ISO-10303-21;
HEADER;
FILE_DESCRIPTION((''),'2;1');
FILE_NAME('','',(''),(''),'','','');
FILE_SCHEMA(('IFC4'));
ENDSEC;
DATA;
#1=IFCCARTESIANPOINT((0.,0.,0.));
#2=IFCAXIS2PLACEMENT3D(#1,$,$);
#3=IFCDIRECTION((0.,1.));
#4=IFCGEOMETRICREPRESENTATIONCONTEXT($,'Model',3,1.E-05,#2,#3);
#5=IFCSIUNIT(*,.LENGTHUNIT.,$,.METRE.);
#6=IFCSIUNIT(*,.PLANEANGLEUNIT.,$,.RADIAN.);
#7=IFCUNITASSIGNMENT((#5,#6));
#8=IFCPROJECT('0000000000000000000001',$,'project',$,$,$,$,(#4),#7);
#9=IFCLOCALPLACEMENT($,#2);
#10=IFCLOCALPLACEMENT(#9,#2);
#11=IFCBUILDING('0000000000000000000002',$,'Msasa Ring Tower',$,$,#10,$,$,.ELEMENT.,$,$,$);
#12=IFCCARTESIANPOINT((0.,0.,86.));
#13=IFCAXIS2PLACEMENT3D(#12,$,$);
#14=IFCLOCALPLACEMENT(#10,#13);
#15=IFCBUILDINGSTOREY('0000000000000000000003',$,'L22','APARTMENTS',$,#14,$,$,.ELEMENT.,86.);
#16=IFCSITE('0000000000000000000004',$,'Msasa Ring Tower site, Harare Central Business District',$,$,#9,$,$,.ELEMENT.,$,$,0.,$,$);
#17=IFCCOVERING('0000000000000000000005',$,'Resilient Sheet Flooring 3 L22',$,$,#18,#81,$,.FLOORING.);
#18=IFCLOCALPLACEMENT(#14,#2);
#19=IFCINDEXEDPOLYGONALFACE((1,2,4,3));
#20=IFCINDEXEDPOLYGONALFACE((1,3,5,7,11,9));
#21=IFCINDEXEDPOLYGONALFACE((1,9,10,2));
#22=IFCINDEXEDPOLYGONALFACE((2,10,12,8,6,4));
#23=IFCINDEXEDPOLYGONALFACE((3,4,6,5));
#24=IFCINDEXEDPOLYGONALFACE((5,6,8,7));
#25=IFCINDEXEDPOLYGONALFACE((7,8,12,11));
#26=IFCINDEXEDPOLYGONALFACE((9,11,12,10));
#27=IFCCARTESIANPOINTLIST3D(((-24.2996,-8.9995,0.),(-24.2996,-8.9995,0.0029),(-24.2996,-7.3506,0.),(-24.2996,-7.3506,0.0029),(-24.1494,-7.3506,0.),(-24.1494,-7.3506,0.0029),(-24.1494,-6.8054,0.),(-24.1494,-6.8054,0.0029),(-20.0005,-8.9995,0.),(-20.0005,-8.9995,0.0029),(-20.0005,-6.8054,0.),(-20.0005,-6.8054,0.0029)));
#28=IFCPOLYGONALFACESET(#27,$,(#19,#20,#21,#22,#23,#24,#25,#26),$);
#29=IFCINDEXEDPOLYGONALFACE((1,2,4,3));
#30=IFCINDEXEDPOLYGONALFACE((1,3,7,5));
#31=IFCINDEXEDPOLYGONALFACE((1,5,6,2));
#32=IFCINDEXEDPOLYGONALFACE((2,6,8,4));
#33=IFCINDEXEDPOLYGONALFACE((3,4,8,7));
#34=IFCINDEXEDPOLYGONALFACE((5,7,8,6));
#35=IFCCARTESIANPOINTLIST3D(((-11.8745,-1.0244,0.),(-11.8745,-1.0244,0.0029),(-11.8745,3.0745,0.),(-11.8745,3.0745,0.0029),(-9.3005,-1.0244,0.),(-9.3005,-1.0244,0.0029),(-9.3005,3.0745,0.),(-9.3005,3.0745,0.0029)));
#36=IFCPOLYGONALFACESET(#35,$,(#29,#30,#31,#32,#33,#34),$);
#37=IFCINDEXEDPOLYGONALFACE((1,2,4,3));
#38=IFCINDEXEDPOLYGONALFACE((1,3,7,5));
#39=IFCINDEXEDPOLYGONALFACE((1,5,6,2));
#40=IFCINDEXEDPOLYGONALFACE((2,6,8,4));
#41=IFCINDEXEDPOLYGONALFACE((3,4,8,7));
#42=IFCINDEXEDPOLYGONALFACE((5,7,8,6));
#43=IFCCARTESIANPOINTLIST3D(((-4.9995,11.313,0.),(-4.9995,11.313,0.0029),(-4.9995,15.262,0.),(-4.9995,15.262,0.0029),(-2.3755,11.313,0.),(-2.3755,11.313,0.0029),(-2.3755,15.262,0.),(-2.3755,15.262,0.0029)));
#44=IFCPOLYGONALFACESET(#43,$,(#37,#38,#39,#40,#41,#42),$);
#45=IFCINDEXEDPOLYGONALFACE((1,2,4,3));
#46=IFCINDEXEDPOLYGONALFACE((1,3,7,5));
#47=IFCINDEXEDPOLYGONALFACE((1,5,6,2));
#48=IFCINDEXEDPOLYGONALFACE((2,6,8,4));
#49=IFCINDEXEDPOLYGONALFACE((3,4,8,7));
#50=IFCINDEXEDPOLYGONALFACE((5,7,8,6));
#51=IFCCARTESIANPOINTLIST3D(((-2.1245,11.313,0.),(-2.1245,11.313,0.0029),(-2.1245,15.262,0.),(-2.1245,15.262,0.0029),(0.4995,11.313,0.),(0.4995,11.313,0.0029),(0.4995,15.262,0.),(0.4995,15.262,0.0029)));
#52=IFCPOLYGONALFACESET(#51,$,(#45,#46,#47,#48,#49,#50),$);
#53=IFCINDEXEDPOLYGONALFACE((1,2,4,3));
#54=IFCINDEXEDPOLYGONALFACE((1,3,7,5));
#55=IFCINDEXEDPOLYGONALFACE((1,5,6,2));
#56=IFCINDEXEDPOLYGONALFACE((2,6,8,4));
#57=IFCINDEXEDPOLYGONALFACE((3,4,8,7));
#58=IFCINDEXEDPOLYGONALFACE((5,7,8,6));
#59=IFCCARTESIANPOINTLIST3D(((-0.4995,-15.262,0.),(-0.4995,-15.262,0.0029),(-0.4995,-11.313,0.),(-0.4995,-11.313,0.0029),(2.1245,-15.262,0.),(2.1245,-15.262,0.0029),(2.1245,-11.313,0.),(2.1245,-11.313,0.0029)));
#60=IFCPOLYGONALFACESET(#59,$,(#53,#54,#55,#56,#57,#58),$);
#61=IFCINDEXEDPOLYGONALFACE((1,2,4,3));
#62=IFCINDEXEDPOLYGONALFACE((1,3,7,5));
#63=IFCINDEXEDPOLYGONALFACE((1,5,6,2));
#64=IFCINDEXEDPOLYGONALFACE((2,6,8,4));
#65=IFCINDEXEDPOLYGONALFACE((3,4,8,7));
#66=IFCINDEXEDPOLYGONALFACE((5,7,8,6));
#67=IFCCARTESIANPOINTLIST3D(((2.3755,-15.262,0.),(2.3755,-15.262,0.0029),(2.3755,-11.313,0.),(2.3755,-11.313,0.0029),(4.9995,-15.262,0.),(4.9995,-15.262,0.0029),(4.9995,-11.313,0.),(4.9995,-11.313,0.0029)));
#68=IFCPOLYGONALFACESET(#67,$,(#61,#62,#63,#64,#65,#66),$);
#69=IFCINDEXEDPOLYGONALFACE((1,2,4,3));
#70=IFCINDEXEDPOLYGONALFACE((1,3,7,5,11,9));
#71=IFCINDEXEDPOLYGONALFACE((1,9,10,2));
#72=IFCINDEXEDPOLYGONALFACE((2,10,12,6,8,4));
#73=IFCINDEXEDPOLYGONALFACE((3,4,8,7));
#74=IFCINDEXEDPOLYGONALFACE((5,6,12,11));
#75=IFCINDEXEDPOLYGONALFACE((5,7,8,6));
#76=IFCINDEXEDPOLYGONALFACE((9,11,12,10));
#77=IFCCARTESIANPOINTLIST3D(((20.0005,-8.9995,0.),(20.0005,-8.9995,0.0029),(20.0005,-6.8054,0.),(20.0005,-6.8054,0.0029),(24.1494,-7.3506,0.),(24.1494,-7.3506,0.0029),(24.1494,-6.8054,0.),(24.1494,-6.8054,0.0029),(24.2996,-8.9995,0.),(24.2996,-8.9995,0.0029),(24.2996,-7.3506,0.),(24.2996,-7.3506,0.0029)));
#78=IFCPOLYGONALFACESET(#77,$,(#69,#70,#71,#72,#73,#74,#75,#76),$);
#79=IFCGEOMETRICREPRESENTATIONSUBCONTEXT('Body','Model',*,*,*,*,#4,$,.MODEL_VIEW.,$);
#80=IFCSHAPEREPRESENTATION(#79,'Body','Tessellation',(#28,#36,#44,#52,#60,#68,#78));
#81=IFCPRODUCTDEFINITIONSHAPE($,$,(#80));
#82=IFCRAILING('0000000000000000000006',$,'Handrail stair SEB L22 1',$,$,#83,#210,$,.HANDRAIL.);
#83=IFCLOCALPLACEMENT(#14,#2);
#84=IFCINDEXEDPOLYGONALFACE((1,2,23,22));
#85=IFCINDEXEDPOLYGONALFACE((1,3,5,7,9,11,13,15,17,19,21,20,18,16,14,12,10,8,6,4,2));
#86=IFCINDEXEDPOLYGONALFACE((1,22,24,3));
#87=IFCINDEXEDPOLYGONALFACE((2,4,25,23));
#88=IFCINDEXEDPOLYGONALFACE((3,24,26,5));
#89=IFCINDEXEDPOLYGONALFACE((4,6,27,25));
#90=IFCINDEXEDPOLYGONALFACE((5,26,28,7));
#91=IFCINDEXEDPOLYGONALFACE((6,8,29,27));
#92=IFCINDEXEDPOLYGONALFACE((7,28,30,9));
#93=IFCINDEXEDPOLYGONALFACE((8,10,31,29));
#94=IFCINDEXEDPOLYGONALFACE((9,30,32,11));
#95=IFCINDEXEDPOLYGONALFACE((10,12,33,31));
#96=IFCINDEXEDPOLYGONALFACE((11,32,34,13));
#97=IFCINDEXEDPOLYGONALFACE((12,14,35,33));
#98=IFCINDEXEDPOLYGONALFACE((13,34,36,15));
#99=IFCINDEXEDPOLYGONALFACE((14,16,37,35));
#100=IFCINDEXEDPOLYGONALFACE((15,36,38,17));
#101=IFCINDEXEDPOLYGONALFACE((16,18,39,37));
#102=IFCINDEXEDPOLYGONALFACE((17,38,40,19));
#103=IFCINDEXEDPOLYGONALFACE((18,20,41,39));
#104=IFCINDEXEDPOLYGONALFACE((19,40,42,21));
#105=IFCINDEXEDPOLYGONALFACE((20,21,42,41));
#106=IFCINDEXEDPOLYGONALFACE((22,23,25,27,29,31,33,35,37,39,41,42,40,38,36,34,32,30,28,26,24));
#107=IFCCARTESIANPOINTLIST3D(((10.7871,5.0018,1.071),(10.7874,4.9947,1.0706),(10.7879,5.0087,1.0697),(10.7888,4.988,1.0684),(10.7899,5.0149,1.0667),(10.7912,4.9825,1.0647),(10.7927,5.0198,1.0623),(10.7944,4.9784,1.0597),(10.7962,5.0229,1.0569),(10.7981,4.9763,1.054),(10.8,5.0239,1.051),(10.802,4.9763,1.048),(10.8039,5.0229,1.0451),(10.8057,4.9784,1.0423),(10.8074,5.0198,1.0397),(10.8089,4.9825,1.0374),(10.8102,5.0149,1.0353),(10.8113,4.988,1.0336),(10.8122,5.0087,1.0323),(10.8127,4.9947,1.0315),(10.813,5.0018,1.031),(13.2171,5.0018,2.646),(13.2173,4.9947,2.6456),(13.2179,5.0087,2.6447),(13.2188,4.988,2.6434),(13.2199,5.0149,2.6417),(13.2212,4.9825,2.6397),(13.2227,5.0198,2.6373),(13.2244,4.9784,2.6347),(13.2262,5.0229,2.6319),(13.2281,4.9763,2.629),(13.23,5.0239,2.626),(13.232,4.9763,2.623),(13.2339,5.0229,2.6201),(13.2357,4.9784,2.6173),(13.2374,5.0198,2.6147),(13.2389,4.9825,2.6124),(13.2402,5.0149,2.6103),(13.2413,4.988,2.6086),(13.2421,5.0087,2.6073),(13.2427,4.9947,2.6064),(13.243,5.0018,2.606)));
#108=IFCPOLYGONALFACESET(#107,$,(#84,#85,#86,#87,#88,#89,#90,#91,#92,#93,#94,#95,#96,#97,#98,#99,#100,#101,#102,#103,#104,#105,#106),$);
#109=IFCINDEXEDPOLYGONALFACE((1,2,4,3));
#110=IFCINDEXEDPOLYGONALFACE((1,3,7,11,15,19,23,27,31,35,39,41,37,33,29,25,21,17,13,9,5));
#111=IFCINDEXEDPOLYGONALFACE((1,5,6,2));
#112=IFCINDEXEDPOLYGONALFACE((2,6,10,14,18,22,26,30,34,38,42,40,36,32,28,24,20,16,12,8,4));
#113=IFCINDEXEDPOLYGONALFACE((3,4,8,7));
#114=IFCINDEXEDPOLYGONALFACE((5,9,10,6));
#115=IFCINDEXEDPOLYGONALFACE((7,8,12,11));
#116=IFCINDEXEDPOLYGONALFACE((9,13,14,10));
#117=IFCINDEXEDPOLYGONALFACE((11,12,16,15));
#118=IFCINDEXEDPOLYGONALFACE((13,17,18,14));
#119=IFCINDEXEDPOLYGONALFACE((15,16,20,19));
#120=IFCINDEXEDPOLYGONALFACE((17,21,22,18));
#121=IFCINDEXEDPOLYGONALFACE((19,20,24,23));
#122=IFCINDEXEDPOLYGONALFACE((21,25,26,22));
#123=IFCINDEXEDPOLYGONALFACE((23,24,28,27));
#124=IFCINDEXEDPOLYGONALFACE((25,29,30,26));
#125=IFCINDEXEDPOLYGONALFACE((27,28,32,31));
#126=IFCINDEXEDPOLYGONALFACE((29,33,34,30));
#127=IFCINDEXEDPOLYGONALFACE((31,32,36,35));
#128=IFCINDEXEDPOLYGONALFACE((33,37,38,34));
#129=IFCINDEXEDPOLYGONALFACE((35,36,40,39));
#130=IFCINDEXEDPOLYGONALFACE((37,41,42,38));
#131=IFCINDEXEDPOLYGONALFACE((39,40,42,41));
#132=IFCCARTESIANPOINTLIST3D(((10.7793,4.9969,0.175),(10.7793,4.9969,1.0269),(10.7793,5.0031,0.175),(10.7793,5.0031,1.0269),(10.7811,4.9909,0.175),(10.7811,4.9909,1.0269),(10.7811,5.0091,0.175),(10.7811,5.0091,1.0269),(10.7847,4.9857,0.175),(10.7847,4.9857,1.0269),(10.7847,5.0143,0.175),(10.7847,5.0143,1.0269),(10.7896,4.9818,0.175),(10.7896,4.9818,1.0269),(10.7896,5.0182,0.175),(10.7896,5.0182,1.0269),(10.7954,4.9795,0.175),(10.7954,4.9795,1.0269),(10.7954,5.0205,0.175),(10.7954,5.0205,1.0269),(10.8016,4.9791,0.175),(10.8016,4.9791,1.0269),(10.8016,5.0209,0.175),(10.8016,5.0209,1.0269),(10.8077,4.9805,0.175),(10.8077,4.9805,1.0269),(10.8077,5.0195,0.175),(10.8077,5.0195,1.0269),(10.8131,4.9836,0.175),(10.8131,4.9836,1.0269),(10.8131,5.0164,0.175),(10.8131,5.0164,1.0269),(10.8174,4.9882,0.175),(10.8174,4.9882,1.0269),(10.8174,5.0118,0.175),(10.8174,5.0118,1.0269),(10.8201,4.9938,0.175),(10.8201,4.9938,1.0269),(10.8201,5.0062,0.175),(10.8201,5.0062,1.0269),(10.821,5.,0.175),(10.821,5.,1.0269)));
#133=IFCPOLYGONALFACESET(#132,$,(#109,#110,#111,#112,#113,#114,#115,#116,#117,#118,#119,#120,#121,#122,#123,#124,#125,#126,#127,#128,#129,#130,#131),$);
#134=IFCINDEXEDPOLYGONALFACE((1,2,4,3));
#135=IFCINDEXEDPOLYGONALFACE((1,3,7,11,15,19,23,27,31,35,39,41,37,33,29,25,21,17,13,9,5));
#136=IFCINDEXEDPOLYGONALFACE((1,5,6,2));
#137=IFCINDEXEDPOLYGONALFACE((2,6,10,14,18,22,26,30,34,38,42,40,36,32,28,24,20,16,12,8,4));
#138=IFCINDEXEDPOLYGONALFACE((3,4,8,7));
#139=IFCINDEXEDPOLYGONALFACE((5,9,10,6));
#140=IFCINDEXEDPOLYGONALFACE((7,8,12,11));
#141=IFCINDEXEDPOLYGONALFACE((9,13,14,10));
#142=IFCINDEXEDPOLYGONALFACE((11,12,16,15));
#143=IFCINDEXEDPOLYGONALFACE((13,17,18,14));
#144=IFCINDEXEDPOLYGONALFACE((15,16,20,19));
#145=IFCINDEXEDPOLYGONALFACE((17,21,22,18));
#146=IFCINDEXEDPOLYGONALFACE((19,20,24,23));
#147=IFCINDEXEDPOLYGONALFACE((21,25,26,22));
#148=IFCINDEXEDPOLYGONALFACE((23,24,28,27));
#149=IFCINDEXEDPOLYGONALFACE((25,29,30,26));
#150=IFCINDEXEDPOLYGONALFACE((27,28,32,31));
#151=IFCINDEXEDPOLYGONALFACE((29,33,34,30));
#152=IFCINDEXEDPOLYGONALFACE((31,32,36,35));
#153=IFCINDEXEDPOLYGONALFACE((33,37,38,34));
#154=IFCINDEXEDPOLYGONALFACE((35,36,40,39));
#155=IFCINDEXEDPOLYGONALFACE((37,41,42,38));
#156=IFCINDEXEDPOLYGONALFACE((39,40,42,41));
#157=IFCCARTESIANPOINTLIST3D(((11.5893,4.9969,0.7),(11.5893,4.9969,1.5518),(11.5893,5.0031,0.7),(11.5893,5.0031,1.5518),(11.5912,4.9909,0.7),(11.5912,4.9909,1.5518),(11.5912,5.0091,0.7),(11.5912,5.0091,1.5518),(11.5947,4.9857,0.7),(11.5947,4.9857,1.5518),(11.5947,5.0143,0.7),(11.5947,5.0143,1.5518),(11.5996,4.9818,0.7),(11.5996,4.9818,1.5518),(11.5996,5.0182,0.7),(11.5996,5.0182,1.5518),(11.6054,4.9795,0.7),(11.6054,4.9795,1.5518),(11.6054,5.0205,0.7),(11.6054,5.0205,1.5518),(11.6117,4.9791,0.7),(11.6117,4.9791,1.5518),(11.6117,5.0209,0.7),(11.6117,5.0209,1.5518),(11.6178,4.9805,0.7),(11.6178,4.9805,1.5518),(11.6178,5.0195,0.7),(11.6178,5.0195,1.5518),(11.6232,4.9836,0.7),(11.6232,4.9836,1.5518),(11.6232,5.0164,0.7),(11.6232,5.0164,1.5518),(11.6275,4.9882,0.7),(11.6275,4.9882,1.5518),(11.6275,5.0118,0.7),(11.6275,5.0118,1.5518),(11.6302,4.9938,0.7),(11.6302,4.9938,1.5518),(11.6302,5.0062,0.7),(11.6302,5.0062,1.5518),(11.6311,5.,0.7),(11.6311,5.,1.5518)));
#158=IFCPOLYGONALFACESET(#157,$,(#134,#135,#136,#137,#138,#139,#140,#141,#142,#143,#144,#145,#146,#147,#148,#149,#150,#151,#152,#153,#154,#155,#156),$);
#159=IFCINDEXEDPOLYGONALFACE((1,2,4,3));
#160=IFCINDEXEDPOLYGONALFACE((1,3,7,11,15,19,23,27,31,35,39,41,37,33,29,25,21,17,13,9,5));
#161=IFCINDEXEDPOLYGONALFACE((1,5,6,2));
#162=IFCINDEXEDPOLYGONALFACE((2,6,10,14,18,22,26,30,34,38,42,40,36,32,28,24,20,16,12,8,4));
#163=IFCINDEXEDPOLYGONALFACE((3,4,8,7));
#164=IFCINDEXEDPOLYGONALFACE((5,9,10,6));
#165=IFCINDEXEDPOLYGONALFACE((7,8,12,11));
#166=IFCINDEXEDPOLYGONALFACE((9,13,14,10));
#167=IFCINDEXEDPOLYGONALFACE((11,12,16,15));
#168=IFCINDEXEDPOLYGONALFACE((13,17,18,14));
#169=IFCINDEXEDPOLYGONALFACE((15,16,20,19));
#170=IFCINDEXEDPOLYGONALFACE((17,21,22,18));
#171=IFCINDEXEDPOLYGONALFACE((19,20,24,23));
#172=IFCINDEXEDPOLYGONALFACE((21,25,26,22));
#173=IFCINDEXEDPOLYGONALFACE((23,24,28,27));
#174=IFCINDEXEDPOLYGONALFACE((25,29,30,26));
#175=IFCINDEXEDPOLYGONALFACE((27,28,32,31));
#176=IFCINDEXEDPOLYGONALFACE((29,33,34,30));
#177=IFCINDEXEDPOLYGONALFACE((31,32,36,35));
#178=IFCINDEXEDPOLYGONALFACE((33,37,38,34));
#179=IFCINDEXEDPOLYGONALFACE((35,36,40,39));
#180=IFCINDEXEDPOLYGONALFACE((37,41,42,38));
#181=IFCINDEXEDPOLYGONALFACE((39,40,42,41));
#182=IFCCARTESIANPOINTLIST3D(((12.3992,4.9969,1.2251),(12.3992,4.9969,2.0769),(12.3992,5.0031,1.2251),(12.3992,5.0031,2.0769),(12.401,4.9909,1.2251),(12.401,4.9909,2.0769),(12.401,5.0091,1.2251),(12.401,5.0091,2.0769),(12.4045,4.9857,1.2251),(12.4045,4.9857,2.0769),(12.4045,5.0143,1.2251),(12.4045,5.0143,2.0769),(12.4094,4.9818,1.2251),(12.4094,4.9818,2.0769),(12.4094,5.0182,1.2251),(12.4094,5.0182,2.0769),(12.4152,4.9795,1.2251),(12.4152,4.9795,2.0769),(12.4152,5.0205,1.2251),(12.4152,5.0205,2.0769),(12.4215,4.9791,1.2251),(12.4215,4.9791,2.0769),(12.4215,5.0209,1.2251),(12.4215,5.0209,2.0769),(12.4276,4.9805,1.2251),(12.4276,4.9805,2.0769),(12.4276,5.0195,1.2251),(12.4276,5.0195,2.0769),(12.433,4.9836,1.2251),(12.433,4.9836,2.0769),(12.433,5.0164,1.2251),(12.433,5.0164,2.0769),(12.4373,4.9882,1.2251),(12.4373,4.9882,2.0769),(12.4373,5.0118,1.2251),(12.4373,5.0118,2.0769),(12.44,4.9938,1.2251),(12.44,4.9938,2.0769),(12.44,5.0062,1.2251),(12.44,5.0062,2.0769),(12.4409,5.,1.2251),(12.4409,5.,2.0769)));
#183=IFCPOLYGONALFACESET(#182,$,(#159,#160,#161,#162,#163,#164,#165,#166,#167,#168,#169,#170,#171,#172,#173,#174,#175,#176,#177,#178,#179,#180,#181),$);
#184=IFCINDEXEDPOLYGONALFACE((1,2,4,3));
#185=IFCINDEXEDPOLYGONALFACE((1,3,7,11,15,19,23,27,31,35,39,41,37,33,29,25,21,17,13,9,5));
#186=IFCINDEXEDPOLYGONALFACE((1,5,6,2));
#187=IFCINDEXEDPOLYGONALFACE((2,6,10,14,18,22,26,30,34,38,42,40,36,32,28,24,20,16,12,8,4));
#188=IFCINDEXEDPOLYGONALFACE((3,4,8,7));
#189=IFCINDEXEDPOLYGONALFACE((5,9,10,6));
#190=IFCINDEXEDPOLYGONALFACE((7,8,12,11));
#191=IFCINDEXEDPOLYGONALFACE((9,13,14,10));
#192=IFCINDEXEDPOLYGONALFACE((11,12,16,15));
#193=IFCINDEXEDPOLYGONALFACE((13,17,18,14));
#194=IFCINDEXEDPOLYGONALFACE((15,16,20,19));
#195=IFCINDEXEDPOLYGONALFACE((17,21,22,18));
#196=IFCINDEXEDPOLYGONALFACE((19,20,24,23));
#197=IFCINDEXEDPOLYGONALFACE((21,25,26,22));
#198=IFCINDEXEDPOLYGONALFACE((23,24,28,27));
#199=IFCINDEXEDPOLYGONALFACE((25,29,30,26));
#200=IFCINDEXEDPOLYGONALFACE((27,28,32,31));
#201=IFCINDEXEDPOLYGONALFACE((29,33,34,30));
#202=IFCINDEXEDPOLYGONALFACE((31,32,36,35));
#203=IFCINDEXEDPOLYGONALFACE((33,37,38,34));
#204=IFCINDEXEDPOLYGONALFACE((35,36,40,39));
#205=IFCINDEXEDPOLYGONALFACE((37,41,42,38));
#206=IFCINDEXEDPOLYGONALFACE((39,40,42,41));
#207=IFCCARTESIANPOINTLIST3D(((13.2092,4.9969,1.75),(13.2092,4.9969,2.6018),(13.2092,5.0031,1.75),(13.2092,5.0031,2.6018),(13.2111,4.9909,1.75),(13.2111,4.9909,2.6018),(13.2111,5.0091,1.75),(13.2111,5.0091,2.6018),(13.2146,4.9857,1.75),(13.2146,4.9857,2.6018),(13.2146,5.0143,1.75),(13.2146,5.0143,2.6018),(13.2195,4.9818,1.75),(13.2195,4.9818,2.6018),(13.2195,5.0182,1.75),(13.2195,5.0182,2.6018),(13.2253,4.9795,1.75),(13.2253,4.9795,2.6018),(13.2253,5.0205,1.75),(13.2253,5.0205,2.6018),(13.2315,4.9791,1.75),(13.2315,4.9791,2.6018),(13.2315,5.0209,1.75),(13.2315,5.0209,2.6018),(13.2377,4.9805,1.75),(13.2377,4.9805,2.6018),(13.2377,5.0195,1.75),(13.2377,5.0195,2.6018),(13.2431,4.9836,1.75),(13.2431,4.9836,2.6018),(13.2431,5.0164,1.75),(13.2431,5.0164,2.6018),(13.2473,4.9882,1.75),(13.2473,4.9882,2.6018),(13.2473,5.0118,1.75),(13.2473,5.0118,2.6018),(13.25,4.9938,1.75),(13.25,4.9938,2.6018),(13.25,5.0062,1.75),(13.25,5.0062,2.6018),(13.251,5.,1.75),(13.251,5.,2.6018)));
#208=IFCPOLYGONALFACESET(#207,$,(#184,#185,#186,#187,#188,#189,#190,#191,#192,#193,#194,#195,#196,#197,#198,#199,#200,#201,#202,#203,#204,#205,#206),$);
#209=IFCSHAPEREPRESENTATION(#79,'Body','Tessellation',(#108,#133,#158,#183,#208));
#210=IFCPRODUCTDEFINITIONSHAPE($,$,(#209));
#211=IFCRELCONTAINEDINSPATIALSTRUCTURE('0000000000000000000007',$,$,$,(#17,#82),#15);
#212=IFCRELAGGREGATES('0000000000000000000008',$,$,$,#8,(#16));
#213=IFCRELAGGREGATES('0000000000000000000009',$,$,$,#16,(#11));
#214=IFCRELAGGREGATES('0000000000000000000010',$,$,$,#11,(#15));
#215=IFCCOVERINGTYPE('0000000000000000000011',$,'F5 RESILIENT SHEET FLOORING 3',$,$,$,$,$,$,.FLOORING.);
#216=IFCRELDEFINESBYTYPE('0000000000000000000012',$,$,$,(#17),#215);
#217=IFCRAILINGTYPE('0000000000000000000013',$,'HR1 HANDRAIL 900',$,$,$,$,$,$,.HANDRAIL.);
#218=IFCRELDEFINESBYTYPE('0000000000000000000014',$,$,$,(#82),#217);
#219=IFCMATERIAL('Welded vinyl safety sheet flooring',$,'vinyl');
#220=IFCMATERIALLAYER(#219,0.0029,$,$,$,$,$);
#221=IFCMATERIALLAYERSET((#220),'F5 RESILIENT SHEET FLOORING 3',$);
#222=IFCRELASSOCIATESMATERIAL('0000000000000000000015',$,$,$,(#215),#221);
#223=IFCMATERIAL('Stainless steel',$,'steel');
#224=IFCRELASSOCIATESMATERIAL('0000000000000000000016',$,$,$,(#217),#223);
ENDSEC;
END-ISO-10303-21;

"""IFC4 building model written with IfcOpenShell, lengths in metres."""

from ifc_helpers import new_model, si_unit, direction, frame, origin, origin_2d, place, context, subcontext, project, spatial, line, indexed_curve, circle, outline, extrude, material, layer, layer_set, type_object, element, save


model = new_model("IFC4")

# Units and contexts
model_context = context("Model", 3, precision=1e-05, world=origin(), true_north=direction((0.0, 1.0)))
body_context = subcontext(model_context, "Body", "Model", "MODEL_VIEW")
ifc_project = project(units=[si_unit("LENGTHUNIT", "METRE"), si_unit("PLANEANGLEUNIT", "RADIAN")], contexts=[model_context])

# Site, building, storey
site_placement = place(None, origin())
site = spatial("IfcSite", under=ifc_project, at=site_placement, Name="Msasa Ring Tower site, Harare Central Business District", CompositionType="ELEMENT", RefElevation=0.0)
building_placement = place(site_placement, origin())
building = spatial("IfcBuilding", under=site, at=building_placement, Name="Msasa Ring Tower", CompositionType="ELEMENT")
storey_placement = place(building_placement, frame((0.0, 0.0, 86.0)))
storey = spatial("IfcBuildingStorey", under=building, at=storey_placement, Name="L22", Description="APARTMENTS", CompositionType="ELEMENT", Elevation=86.0)

# Covering
ifc_material_1 = material(Name="Welded vinyl safety sheet flooring", Category="vinyl")
ifc_layer_1 = layer(ifc_material_1, 0.0029)
ifc_layer_set_1 = layer_set([ifc_layer_1], Name="F5 RESILIENT SHEET FLOORING 3")
covering_type_1 = type_object("IfcCoveringType", Name="F5 RESILIENT SHEET FLOORING 3", PredefinedType="FLOORING", material=ifc_layer_set_1)
covering_1_placement = place(storey_placement, origin())
element("IfcCovering", 1, at=covering_1_placement, inside=storey, type_object=covering_type_1, Name="Resilient Sheet Flooring 3 L22", PredefinedType="FLOORING", context=body_context, shape_type="SweptSolid", body=[
    extrude(outline(indexed_curve([(-20.0005, -8.9995), (-24.2996, -8.9995), (-24.2996, -7.3506), (-24.1494, -7.3506), (-24.1494, -6.8054), (-20.0005, -6.8054)], segments=[line(1, 2, 3, 4, 5, 6, 1)], self_intersect=False)), origin(), (0.0, 0.0, 1.0), 0.0029),
    extrude(outline(indexed_curve([(-11.8745, 3.0745), (-9.3005, 3.0745), (-9.3005, -1.0244), (-11.8745, -1.0244)], segments=[line(1, 2, 3, 4, 1)], self_intersect=False)), origin(), (0.0, 0.0, 1.0), 0.0029),
    extrude(outline(indexed_curve([(-2.3755, 15.262), (-2.3755, 11.313), (-4.9995, 11.313), (-4.9995, 15.262)], segments=[line(1, 2, 3, 4, 1)], self_intersect=False)), origin(), (0.0, 0.0, 1.0), 0.0029),
    extrude(outline(indexed_curve([(0.4995, 15.262), (0.4995, 11.313), (-2.1245, 11.313), (-2.1245, 15.262)], segments=[line(1, 2, 3, 4, 1)], self_intersect=False)), origin(), (0.0, 0.0, 1.0), 0.0029),
    extrude(outline(indexed_curve([(-0.4995, -15.262), (-0.4995, -11.313), (2.1245, -11.313), (2.1245, -15.262)], segments=[line(1, 2, 3, 4, 1)], self_intersect=False)), origin(), (0.0, 0.0, 1.0), 0.0029),
    extrude(outline(indexed_curve([(4.9995, -11.313), (4.9995, -15.262), (2.3755, -15.262), (2.3755, -11.313)], segments=[line(1, 2, 3, 4, 1)], self_intersect=False)), origin(), (0.0, 0.0, 1.0), 0.0029),
    extrude(outline(indexed_curve([(20.0005, -8.9995), (20.0005, -6.8054), (24.1494, -6.8054), (24.1494, -7.3506), (24.2996, -7.3506), (24.2996, -8.9995)], segments=[line(1, 2, 3, 4, 5, 6, 1)], self_intersect=False)), origin(), (0.0, 0.0, 1.0), 0.0029),
])

# Railing
ifc_material_2 = material(Name="Stainless steel", Category="steel")
railing_type = type_object("IfcRailingType", Name="HR1 HANDRAIL 900", PredefinedType="HANDRAIL", material=ifc_material_2)
for number, where, name in (
    (2, (10.8, 5.0, 0.175), "Handrail stair SEB L22 1"),
):
    element("IfcRailing", number, at=place(storey_placement, frame(where)), inside=storey, type_object=railing_type, Name=name, PredefinedType="HANDRAIL", context=body_context, shape_type="SweptSolid", body=[
        extrude(circle(Radius=0.0239, at=origin_2d()), frame((0.0, 0.0, 0.876), z_axis=(0.839154, 0.0, 0.543894), x_axis=(0.0, 1.0, 0.0)), (0.0, 0.0, 1.0), 2.8958),
        extrude(circle(Radius=0.021, at=origin_2d()), origin(), (0.0, 0.0, 1.0), 0.8518),
        extrude(circle(Radius=0.021, at=origin_2d()), frame((0.8101, 0.0, 0.5249)), (0.0, 0.0, 1.0), 0.8518),
        extrude(circle(Radius=0.021, at=origin_2d()), frame((1.6199, 0.0, 1.05)), (0.0, 0.0, 1.0), 0.8518),
        extrude(circle(Radius=0.021, at=origin_2d()), frame((2.4299, 0.0, 1.575)), (0.0, 0.0, 1.0), 0.8518),
    ])

save(model, "model.ifc")
